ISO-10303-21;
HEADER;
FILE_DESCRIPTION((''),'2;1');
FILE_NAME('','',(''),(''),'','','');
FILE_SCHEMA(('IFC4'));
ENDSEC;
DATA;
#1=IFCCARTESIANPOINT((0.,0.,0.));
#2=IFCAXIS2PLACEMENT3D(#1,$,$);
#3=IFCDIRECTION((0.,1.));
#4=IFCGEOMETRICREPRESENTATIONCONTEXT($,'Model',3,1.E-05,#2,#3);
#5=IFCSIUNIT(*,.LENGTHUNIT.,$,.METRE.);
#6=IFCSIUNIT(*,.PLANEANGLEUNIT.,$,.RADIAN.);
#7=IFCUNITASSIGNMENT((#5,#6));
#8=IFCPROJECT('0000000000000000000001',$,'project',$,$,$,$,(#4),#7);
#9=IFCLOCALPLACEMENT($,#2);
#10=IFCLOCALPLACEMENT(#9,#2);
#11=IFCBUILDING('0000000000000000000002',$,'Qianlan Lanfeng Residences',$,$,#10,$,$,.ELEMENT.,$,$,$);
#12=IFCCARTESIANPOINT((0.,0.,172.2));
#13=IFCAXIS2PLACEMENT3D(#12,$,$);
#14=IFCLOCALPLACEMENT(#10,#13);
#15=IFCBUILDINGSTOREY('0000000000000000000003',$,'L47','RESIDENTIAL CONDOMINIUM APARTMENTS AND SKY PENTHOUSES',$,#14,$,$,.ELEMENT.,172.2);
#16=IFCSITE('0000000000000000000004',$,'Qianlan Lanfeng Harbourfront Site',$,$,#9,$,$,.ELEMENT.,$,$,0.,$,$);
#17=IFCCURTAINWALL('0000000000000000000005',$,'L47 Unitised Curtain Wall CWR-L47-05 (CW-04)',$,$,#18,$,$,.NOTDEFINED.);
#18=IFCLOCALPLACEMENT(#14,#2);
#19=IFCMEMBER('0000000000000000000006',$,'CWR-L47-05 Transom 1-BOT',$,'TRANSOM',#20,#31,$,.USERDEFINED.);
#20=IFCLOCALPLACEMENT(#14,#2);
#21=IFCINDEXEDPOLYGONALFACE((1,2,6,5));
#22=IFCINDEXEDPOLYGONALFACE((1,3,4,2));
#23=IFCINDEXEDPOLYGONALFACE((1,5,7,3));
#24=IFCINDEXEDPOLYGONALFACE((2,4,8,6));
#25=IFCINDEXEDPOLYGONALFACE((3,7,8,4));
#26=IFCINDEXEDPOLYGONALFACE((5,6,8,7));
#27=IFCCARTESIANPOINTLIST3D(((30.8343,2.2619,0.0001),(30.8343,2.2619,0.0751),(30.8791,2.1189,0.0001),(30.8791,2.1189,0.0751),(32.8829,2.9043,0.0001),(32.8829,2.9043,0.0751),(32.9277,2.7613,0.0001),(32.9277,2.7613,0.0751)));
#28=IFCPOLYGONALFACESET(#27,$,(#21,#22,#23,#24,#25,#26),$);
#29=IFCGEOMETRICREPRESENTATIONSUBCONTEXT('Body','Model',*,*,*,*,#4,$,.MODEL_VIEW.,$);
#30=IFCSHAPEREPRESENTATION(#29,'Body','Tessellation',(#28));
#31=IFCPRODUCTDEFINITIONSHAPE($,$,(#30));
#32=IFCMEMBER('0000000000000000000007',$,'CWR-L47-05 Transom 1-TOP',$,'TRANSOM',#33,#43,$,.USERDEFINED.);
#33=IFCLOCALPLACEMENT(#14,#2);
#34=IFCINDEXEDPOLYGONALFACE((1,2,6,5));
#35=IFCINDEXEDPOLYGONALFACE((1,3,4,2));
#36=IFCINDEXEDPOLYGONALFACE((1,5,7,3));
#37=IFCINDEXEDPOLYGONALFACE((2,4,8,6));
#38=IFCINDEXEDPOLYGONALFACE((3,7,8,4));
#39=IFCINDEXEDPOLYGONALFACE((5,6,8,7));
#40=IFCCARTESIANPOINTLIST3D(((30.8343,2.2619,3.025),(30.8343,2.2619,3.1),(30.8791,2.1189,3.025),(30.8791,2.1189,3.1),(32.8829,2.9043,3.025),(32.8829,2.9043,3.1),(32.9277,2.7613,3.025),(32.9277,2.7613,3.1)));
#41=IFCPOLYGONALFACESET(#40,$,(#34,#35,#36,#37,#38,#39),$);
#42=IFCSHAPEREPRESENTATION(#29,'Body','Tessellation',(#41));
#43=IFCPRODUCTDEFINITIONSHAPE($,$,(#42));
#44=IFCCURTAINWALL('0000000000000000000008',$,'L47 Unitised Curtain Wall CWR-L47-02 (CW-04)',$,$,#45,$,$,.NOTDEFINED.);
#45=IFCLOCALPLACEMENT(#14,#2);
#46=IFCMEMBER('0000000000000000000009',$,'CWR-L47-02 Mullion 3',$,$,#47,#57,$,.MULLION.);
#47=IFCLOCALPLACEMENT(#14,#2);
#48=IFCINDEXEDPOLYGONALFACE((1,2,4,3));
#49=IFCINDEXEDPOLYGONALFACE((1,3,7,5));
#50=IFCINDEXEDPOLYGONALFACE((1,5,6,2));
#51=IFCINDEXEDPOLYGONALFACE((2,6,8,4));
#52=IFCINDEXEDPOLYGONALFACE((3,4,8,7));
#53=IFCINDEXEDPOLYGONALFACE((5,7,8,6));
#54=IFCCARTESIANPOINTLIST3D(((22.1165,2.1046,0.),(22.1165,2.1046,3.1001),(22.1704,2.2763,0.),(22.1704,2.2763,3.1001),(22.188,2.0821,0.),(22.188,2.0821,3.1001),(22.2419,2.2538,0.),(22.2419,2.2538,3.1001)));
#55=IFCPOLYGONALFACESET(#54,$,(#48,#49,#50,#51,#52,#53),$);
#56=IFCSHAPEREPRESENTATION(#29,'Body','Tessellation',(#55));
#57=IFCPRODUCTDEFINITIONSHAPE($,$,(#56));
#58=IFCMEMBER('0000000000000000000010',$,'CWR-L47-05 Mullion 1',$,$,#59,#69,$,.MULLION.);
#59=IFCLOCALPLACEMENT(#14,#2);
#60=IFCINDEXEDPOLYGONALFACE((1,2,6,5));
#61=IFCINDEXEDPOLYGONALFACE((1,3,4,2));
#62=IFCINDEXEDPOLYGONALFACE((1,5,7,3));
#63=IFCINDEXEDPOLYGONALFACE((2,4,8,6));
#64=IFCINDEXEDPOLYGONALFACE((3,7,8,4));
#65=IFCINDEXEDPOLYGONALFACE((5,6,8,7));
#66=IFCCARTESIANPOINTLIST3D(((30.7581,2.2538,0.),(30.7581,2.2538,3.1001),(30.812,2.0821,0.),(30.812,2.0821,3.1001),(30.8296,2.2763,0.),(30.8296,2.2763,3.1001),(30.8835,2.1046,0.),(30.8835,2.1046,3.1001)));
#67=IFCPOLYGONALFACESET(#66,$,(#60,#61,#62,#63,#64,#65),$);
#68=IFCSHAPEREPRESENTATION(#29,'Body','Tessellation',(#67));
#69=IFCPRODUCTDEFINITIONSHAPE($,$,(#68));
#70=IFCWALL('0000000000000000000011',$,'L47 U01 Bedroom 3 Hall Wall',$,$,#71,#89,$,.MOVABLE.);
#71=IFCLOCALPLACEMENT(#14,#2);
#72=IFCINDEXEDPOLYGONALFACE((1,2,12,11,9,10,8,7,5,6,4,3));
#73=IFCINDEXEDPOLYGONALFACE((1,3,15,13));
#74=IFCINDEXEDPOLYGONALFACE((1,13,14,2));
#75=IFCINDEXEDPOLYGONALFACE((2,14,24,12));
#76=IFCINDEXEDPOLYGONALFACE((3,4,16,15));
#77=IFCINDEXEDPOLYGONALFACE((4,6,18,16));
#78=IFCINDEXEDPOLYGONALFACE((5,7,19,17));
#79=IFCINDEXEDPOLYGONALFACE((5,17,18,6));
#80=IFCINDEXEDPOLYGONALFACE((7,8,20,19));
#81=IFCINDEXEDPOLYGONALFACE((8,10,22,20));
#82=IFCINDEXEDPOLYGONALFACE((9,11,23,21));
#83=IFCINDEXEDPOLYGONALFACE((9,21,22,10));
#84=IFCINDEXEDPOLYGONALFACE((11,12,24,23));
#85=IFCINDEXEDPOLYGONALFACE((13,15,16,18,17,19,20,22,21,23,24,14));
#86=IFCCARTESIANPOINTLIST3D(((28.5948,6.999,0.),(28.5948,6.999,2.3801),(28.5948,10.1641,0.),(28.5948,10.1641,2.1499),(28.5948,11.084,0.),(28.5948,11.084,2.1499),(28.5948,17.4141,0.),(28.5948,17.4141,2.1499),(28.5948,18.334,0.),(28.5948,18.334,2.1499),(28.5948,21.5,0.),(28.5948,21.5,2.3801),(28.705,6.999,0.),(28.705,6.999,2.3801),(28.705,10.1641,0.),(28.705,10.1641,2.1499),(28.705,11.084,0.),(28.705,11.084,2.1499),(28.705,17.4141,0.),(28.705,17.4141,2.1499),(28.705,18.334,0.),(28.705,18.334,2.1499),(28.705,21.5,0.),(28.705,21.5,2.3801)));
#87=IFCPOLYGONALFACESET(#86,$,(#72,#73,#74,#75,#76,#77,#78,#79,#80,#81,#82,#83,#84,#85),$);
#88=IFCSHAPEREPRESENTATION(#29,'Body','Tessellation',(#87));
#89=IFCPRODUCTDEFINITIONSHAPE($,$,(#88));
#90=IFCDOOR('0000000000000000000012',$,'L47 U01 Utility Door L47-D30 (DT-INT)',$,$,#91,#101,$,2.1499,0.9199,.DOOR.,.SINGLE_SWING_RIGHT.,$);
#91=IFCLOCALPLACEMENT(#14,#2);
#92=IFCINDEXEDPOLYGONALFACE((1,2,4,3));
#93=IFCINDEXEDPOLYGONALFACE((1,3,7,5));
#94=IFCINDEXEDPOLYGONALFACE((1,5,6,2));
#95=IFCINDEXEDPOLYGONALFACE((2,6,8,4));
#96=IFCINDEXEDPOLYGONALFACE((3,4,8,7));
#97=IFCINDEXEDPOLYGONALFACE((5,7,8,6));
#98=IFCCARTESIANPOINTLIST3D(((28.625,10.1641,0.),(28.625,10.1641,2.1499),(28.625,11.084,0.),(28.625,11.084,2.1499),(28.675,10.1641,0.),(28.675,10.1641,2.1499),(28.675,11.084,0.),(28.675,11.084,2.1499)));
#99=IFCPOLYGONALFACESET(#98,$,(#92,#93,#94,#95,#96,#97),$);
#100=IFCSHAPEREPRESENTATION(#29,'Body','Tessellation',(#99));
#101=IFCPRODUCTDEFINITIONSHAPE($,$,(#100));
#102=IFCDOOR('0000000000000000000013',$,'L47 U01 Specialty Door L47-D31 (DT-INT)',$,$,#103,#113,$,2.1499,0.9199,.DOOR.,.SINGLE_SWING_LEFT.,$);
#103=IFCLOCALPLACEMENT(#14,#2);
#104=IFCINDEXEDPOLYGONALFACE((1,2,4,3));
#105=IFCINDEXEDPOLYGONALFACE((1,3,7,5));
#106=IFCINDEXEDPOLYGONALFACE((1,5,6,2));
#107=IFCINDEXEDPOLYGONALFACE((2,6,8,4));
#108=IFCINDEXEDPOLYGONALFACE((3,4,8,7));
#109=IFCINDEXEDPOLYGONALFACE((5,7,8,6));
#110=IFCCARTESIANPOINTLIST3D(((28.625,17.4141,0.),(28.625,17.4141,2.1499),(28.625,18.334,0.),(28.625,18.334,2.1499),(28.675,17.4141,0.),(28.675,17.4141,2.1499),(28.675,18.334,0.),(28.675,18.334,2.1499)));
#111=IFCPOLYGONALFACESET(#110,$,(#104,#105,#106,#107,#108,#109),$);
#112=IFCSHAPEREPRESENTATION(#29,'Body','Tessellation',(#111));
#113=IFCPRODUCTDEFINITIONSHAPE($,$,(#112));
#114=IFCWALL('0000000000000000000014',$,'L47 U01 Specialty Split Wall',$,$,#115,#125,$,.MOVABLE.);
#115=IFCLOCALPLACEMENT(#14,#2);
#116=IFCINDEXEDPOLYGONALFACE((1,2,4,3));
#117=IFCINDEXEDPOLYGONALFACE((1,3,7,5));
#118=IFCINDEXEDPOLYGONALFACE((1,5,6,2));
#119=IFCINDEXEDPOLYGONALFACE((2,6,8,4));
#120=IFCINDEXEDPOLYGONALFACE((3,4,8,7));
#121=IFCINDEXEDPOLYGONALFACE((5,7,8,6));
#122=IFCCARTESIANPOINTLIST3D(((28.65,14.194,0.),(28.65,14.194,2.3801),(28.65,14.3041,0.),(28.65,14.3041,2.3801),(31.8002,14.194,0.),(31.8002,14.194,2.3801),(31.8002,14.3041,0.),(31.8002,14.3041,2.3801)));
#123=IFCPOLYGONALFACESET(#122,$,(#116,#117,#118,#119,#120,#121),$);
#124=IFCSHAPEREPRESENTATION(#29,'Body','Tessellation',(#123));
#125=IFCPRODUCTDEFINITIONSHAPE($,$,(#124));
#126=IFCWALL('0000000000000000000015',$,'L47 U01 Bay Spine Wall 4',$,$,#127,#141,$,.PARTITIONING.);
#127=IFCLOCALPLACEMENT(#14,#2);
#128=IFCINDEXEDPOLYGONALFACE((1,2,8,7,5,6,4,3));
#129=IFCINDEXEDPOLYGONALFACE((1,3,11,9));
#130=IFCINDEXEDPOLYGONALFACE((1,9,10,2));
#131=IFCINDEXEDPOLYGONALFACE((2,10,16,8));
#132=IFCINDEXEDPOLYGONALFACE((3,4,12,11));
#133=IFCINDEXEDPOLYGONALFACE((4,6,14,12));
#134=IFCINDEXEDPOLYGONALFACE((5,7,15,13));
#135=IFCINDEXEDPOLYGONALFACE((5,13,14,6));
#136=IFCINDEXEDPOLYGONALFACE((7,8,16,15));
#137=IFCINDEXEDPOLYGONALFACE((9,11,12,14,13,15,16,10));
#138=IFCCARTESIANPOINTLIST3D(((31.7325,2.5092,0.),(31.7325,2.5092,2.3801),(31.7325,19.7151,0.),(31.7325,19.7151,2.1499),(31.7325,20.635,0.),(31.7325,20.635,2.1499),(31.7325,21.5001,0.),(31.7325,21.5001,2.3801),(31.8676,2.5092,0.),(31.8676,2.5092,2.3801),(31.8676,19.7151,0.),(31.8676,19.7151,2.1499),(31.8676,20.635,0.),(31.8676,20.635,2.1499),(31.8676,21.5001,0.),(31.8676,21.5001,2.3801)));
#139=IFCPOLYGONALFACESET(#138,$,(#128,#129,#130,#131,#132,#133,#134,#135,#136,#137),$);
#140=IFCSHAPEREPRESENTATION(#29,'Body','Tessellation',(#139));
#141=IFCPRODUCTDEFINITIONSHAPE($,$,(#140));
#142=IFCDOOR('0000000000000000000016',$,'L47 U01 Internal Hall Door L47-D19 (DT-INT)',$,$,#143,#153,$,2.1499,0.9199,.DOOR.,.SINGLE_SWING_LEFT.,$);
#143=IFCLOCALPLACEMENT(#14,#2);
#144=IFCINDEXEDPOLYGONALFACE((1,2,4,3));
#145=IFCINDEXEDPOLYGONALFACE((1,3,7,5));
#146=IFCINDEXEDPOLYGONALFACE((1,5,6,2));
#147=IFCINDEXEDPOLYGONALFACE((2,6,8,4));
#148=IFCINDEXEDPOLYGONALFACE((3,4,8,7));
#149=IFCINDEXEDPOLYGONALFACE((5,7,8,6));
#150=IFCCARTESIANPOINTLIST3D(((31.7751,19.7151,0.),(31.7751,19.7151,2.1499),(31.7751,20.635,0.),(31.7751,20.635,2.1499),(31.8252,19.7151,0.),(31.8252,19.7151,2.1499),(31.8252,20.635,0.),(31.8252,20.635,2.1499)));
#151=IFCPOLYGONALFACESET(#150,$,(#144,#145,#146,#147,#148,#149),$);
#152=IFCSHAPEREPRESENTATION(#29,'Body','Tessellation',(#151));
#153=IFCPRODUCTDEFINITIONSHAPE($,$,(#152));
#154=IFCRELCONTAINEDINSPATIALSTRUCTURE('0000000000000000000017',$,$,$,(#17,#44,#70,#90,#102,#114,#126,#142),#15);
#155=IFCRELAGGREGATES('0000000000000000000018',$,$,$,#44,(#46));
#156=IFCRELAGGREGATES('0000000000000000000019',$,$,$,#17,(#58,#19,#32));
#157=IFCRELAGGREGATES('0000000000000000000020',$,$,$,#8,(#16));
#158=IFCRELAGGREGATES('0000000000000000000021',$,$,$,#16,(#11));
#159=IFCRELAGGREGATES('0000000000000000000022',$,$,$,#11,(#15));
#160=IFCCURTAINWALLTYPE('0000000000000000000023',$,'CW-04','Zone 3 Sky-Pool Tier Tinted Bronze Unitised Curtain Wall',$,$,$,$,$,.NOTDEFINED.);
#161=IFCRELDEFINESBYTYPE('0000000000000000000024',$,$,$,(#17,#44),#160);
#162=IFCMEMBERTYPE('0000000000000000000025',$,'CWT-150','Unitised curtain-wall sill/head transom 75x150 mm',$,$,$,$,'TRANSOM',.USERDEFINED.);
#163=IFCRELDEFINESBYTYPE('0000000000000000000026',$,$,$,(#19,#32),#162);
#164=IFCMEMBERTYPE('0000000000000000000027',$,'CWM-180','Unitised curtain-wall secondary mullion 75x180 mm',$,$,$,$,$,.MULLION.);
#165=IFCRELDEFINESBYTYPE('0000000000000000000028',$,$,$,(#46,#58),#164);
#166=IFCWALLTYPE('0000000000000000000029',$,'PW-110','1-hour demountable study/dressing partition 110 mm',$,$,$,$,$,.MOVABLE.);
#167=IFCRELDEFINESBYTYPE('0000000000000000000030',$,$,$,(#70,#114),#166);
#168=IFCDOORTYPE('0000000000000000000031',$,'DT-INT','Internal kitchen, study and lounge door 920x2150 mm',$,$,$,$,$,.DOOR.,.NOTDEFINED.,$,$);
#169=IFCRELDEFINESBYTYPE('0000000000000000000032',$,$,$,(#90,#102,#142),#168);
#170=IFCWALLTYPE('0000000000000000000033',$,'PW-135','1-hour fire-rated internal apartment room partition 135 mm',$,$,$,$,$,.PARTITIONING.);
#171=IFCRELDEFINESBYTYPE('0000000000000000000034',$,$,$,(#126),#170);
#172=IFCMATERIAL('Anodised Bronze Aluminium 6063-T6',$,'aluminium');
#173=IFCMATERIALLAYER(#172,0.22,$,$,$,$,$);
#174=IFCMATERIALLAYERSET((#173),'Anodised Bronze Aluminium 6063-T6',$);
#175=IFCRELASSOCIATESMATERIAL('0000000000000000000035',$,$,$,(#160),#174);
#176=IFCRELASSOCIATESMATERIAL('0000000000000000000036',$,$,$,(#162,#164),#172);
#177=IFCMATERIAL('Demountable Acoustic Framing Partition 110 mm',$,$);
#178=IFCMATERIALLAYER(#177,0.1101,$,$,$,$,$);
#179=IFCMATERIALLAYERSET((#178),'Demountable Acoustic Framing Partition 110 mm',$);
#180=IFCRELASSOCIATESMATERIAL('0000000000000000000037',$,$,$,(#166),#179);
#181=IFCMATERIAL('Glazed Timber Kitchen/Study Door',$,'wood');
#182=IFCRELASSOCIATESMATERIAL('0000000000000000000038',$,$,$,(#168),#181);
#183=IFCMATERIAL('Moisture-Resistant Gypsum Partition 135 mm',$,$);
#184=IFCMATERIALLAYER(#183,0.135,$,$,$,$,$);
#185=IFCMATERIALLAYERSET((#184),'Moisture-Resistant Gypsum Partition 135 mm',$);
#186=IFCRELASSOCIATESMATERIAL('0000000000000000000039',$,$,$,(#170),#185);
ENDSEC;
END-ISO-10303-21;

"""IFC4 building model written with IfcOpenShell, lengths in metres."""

from ifc_helpers import new_model, si_unit, direction, frame, frame_2d, origin, origin_2d, place, context, subcontext, project, spatial, rectangle, extrude, source, transform, mapped, material, layer, layer_set, material_profile, profile_set, type_object, element, fill, aggregate, save


model = new_model("IFC4")

# Units and contexts
model_context = context("Model", 3, precision=1e-05, world=origin(), true_north=direction((0.0, 1.0)))
body_context = subcontext(model_context, "Body", "Model", "MODEL_VIEW")
ifc_project = project(units=[si_unit("LENGTHUNIT", "METRE"), si_unit("PLANEANGLEUNIT", "RADIAN")], contexts=[model_context])

# Site, building, storey
site_placement = place(None, origin())
site = spatial("IfcSite", under=ifc_project, at=site_placement, Name="Qianlan Lanfeng Harbourfront Site", CompositionType="ELEMENT", RefElevation=0.0)
building_placement = place(site_placement, origin())
building = spatial("IfcBuilding", under=site, at=building_placement, Name="Qianlan Lanfeng Residences", CompositionType="ELEMENT")
storey_placement = place(building_placement, frame((0.0, 0.0, 172.2)))
storey = spatial("IfcBuildingStorey", under=building, at=storey_placement, Name="L47", Description="RESIDENTIAL CONDOMINIUM APARTMENTS AND SKY PENTHOUSES", CompositionType="ELEMENT", Elevation=172.2)

# Curtain wall, members
ifc_material_1 = material(Name="Anodised Bronze Aluminium 6063-T6", Category="aluminium")
ifc_layer_1 = layer(ifc_material_1, 0.22)
ifc_layer_set_1 = layer_set([ifc_layer_1], Name="Anodised Bronze Aluminium 6063-T6")
curtain_wall_type = type_object("IfcCurtainWallType", Name="CW-04", Description="Zone 3 Sky-Pool Tier Tinted Bronze Unitised Curtain Wall", PredefinedType="NOTDEFINED", material=ifc_layer_set_1)
curtain_wall_1_placement = place(storey_placement, origin())
curtain_wall_1 = element("IfcCurtainWall", 1, at=curtain_wall_1_placement, inside=storey, type_object=curtain_wall_type, Name="L47 Unitised Curtain Wall CWR-L47-05 (CW-04)", PredefinedType="NOTDEFINED")
ifc_material_profile_1 = material_profile(ifc_material_1, rectangle(XDim=0.075, YDim=0.1499, at=origin_2d()), Name="ALU TRANSOM 75x150")
ifc_profile_set_1 = profile_set([ifc_material_profile_1], Name="Anodised Bronze Aluminium 6063-T6")
member_type_1 = type_object("IfcMemberType", Name="CWT-150", Description="Unitised curtain-wall sill/head transom 75x150 mm", ElementType="TRANSOM", PredefinedType="USERDEFINED", material=ifc_profile_set_1)
shared_shape_1 = source(origin(), body_context, "Body", "SweptSolid", [
    extrude(rectangle(XDim=0.075, YDim=0.1499, at=origin_2d()), origin(), (0.0, 0.0, 1.0), 2.147),
])
member_1_placement = place(storey_placement, frame((30.8567, 2.1904, 0.0376), z_axis=(0.954194, 0.299188, 0.0), x_axis=(0.0, 0.0, 1.0)))
member_1 = element("IfcMember", 2, at=member_1_placement, type_object=member_type_1, Name="CWR-L47-05 Transom 1-BOT", ObjectType="TRANSOM", PredefinedType="USERDEFINED", context=body_context, shape_type="MappedRepresentation", body=[
    mapped(shared_shape_1, transform((0.0, 0.0, 0.0), scale=1.0)),
])
member_2_placement = place(storey_placement, frame((30.8567, 2.1904, 3.0625), z_axis=(0.954194, 0.299188, 0.0), x_axis=(0.0, 0.0, 1.0)))
member_2 = element("IfcMember", 3, at=member_2_placement, type_object=member_type_1, Name="CWR-L47-05 Transom 1-TOP", ObjectType="TRANSOM", PredefinedType="USERDEFINED", context=body_context, shape_type="MappedRepresentation", body=[
    mapped(shared_shape_1, transform((0.0, 0.0, 0.0), scale=1.0)),
])

# Curtain wall, member
curtain_wall_2_placement = place(storey_placement, origin())
curtain_wall_2 = element("IfcCurtainWall", 4, at=curtain_wall_2_placement, inside=storey, type_object=curtain_wall_type, Name="L47 Unitised Curtain Wall CWR-L47-02 (CW-04)", PredefinedType="NOTDEFINED")
ifc_material_profile_2 = material_profile(ifc_material_1, rectangle(XDim=0.075, YDim=0.1799, at=origin_2d()), Name="ALU MULLION 75x180")
ifc_profile_set_2 = profile_set([ifc_material_profile_2], Name="Anodised Bronze Aluminium 6063-T6")
member_type_2 = type_object("IfcMemberType", Name="CWM-180", Description="Unitised curtain-wall secondary mullion 75x180 mm", PredefinedType="MULLION", material=ifc_profile_set_2)
shared_shape_2 = source(origin(), body_context, "Body", "SweptSolid", [
    extrude(rectangle(XDim=0.075, YDim=0.1799, at=origin_2d()), origin(), (0.0, 0.0, 1.0), 3.1001),
])
member_3_placement = place(storey_placement, frame((22.1792, 2.1792, 0.0), z_axis=(0.0, 0.0, 1.0), x_axis=(0.954196, -0.299182, 0.0)))
member_3 = element("IfcMember", 5, at=member_3_placement, type_object=member_type_2, Name="CWR-L47-02 Mullion 3", PredefinedType="MULLION", context=body_context, shape_type="MappedRepresentation", body=[
    mapped(shared_shape_2, transform((0.0, 0.0, 0.0), scale=1.0)),
])
aggregate(curtain_wall_2, [member_3])

# Member
member_4_placement = place(storey_placement, frame((30.8208, 2.1792, 0.0), z_axis=(0.0, 0.0, 1.0), x_axis=(0.954196, 0.299182, 0.0)))
member_4 = element("IfcMember", 6, at=member_4_placement, type_object=member_type_2, Name="CWR-L47-05 Mullion 1", PredefinedType="MULLION", context=body_context, shape_type="MappedRepresentation", body=[
    mapped(shared_shape_2, transform((0.0, 0.0, 0.0), scale=1.0)),
])
aggregate(curtain_wall_1, [member_4, member_1, member_2])

# Wall, openings, doors
ifc_material_2 = material(Name="Demountable Acoustic Framing Partition 110 mm")
ifc_layer_2 = layer(ifc_material_2, 0.1101)
ifc_layer_set_2 = layer_set([ifc_layer_2], Name="Demountable Acoustic Framing Partition 110 mm")
wall_type_1 = type_object("IfcWallType", Name="PW-110", Description="1-hour demountable study/dressing partition 110 mm", PredefinedType="MOVABLE", material=ifc_layer_set_2)
wall_1_placement = place(storey_placement, frame((28.6499, 6.999, 0.0), z_axis=(0.0, 0.0, 1.0), x_axis=(0.0, 1.0, 0.0)))
wall_1 = element("IfcWall", 7, at=wall_1_placement, inside=storey, type_object=wall_type_1, Name="L47 U01 Bedroom 3 Hall Wall", PredefinedType="MOVABLE", context=body_context, shape_type="SweptSolid", body=[
    extrude(rectangle(XDim=14.501, YDim=0.1101, at=frame_2d((7.2505, 0.0))), origin(), (0.0, 0.0, 1.0), 2.3801),
])
opening_1_placement = place(wall_1_placement, frame((3.165, 0.0, 0.0)))
opening_1 = element("IfcOpeningElement", 8, at=opening_1_placement, cuts=wall_1, PredefinedType="OPENING", context=body_context, shape_type="SweptSolid", body=[
    extrude(rectangle(XDim=0.9199, YDim=2.1499, at=frame_2d((0.46, 1.075))), frame((0.0, 0.0649, 0.0), z_axis=(0.0, -1.0, 0.0), x_axis=(1.0, 0.0, 0.0)), (0.0, 0.0, 1.0), 0.1301),
])
opening_2_placement = place(wall_1_placement, frame((10.415, 0.0, 0.0)))
opening_2 = element("IfcOpeningElement", 9, at=opening_2_placement, cuts=wall_1, PredefinedType="OPENING", context=body_context, shape_type="SweptSolid", body=[
    extrude(rectangle(XDim=0.9199, YDim=2.1499, at=frame_2d((0.46, 1.075))), frame((0.0, 0.0649, 0.0), z_axis=(0.0, -1.0, 0.0), x_axis=(1.0, 0.0, 0.0)), (0.0, 0.0, 1.0), 0.1301),
])
ifc_material_3 = material(Name="Glazed Timber Kitchen/Study Door", Category="wood")
door_type_1 = type_object("IfcDoorType", Name="DT-INT", Description="Internal kitchen, study and lounge door 920x2150 mm", OperationType="NOTDEFINED", PredefinedType="DOOR", material=ifc_material_3)
door_1_placement = place(opening_1_placement, origin())
door_1 = element("IfcDoor", 10, at=door_1_placement, inside=storey, type_object=door_type_1, Name="L47 U01 Utility Door L47-D30 (DT-INT)", OperationType="SINGLE_SWING_RIGHT", OverallHeight=2.1499, OverallWidth=0.9199, PredefinedType="DOOR", context=body_context, shape_type="SweptSolid", body=[
    extrude(rectangle(XDim=0.9199, YDim=2.1499, at=frame_2d((0.46, 1.075))), frame((0.0, 0.0249, 0.0), z_axis=(0.0, -1.0, 0.0), x_axis=(1.0, 0.0, 0.0)), (0.0, 0.0, 1.0), 0.05),
])
fill(opening_1, door_1)
door_2_placement = place(opening_2_placement, origin())
door_2 = element("IfcDoor", 11, at=door_2_placement, inside=storey, type_object=door_type_1, Name="L47 U01 Specialty Door L47-D31 (DT-INT)", OperationType="SINGLE_SWING_LEFT", OverallHeight=2.1499, OverallWidth=0.9199, PredefinedType="DOOR", context=body_context, shape_type="SweptSolid", body=[
    extrude(rectangle(XDim=0.9199, YDim=2.1499, at=frame_2d((0.46, 1.075))), frame((0.0, 0.0249, 0.0), z_axis=(0.0, -1.0, 0.0), x_axis=(1.0, 0.0, 0.0)), (0.0, 0.0, 1.0), 0.05),
])
fill(opening_2, door_2)

# Wall
wall_2_placement = place(storey_placement, frame((28.6499, 14.249, 0.0), z_axis=(0.0, 0.0, 1.0), x_axis=(1.0, 0.0, 0.0)))
element("IfcWall", 12, at=wall_2_placement, inside=storey, type_object=wall_type_1, Name="L47 U01 Specialty Split Wall", PredefinedType="MOVABLE", context=body_context, shape_type="SweptSolid", body=[
    extrude(rectangle(XDim=3.1501, YDim=0.1101, at=frame_2d((1.5752, 0.0))), origin(), (0.0, 0.0, 1.0), 2.3801),
])

# Wall, opening, door
ifc_material_4 = material(Name="Moisture-Resistant Gypsum Partition 135 mm")
ifc_layer_3 = layer(ifc_material_4, 0.135)
ifc_layer_set_3 = layer_set([ifc_layer_3], Name="Moisture-Resistant Gypsum Partition 135 mm")
wall_type_2 = type_object("IfcWallType", Name="PW-135", Description="1-hour fire-rated internal apartment room partition 135 mm", PredefinedType="PARTITIONING", material=ifc_layer_set_3)
wall_3_placement = place(storey_placement, frame((31.8, 2.509, 0.0), z_axis=(0.0, 0.0, 1.0), x_axis=(0.0, 1.0, 0.0)))
wall_3 = element("IfcWall", 13, at=wall_3_placement, inside=storey, type_object=wall_type_2, Name="L47 U01 Bay Spine Wall 4", PredefinedType="PARTITIONING", context=body_context, shape_type="SweptSolid", body=[
    extrude(rectangle(XDim=18.991, YDim=0.135, at=frame_2d((9.4956, 0.0))), origin(), (0.0, 0.0, 1.0), 2.3801),
])
opening_3_placement = place(wall_3_placement, frame((17.2061, 0.0, 0.0)))
opening_3 = element("IfcOpeningElement", 14, at=opening_3_placement, cuts=wall_3, PredefinedType="OPENING", context=body_context, shape_type="SweptSolid", body=[
    extrude(rectangle(XDim=0.9199, YDim=2.1499, at=frame_2d((0.46, 1.075))), frame((0.0, 0.0776, 0.0), z_axis=(0.0, -1.0, 0.0), x_axis=(1.0, 0.0, 0.0)), (0.0, 0.0, 1.0), 0.155),
])
door_3_placement = place(opening_3_placement, origin())
door_3 = element("IfcDoor", 15, at=door_3_placement, inside=storey, type_object=door_type_1, Name="L47 U01 Internal Hall Door L47-D19 (DT-INT)", OperationType="SINGLE_SWING_LEFT", OverallHeight=2.1499, OverallWidth=0.9199, PredefinedType="DOOR", context=body_context, shape_type="SweptSolid", body=[
    extrude(rectangle(XDim=0.9199, YDim=2.1499, at=frame_2d((0.46, 1.075))), frame((0.0, 0.0249, 0.0), z_axis=(0.0, -1.0, 0.0), x_axis=(1.0, 0.0, 0.0)), (0.0, 0.0, 1.0), 0.05),
])
fill(opening_3, door_3)

save(model, "model.ifc")
